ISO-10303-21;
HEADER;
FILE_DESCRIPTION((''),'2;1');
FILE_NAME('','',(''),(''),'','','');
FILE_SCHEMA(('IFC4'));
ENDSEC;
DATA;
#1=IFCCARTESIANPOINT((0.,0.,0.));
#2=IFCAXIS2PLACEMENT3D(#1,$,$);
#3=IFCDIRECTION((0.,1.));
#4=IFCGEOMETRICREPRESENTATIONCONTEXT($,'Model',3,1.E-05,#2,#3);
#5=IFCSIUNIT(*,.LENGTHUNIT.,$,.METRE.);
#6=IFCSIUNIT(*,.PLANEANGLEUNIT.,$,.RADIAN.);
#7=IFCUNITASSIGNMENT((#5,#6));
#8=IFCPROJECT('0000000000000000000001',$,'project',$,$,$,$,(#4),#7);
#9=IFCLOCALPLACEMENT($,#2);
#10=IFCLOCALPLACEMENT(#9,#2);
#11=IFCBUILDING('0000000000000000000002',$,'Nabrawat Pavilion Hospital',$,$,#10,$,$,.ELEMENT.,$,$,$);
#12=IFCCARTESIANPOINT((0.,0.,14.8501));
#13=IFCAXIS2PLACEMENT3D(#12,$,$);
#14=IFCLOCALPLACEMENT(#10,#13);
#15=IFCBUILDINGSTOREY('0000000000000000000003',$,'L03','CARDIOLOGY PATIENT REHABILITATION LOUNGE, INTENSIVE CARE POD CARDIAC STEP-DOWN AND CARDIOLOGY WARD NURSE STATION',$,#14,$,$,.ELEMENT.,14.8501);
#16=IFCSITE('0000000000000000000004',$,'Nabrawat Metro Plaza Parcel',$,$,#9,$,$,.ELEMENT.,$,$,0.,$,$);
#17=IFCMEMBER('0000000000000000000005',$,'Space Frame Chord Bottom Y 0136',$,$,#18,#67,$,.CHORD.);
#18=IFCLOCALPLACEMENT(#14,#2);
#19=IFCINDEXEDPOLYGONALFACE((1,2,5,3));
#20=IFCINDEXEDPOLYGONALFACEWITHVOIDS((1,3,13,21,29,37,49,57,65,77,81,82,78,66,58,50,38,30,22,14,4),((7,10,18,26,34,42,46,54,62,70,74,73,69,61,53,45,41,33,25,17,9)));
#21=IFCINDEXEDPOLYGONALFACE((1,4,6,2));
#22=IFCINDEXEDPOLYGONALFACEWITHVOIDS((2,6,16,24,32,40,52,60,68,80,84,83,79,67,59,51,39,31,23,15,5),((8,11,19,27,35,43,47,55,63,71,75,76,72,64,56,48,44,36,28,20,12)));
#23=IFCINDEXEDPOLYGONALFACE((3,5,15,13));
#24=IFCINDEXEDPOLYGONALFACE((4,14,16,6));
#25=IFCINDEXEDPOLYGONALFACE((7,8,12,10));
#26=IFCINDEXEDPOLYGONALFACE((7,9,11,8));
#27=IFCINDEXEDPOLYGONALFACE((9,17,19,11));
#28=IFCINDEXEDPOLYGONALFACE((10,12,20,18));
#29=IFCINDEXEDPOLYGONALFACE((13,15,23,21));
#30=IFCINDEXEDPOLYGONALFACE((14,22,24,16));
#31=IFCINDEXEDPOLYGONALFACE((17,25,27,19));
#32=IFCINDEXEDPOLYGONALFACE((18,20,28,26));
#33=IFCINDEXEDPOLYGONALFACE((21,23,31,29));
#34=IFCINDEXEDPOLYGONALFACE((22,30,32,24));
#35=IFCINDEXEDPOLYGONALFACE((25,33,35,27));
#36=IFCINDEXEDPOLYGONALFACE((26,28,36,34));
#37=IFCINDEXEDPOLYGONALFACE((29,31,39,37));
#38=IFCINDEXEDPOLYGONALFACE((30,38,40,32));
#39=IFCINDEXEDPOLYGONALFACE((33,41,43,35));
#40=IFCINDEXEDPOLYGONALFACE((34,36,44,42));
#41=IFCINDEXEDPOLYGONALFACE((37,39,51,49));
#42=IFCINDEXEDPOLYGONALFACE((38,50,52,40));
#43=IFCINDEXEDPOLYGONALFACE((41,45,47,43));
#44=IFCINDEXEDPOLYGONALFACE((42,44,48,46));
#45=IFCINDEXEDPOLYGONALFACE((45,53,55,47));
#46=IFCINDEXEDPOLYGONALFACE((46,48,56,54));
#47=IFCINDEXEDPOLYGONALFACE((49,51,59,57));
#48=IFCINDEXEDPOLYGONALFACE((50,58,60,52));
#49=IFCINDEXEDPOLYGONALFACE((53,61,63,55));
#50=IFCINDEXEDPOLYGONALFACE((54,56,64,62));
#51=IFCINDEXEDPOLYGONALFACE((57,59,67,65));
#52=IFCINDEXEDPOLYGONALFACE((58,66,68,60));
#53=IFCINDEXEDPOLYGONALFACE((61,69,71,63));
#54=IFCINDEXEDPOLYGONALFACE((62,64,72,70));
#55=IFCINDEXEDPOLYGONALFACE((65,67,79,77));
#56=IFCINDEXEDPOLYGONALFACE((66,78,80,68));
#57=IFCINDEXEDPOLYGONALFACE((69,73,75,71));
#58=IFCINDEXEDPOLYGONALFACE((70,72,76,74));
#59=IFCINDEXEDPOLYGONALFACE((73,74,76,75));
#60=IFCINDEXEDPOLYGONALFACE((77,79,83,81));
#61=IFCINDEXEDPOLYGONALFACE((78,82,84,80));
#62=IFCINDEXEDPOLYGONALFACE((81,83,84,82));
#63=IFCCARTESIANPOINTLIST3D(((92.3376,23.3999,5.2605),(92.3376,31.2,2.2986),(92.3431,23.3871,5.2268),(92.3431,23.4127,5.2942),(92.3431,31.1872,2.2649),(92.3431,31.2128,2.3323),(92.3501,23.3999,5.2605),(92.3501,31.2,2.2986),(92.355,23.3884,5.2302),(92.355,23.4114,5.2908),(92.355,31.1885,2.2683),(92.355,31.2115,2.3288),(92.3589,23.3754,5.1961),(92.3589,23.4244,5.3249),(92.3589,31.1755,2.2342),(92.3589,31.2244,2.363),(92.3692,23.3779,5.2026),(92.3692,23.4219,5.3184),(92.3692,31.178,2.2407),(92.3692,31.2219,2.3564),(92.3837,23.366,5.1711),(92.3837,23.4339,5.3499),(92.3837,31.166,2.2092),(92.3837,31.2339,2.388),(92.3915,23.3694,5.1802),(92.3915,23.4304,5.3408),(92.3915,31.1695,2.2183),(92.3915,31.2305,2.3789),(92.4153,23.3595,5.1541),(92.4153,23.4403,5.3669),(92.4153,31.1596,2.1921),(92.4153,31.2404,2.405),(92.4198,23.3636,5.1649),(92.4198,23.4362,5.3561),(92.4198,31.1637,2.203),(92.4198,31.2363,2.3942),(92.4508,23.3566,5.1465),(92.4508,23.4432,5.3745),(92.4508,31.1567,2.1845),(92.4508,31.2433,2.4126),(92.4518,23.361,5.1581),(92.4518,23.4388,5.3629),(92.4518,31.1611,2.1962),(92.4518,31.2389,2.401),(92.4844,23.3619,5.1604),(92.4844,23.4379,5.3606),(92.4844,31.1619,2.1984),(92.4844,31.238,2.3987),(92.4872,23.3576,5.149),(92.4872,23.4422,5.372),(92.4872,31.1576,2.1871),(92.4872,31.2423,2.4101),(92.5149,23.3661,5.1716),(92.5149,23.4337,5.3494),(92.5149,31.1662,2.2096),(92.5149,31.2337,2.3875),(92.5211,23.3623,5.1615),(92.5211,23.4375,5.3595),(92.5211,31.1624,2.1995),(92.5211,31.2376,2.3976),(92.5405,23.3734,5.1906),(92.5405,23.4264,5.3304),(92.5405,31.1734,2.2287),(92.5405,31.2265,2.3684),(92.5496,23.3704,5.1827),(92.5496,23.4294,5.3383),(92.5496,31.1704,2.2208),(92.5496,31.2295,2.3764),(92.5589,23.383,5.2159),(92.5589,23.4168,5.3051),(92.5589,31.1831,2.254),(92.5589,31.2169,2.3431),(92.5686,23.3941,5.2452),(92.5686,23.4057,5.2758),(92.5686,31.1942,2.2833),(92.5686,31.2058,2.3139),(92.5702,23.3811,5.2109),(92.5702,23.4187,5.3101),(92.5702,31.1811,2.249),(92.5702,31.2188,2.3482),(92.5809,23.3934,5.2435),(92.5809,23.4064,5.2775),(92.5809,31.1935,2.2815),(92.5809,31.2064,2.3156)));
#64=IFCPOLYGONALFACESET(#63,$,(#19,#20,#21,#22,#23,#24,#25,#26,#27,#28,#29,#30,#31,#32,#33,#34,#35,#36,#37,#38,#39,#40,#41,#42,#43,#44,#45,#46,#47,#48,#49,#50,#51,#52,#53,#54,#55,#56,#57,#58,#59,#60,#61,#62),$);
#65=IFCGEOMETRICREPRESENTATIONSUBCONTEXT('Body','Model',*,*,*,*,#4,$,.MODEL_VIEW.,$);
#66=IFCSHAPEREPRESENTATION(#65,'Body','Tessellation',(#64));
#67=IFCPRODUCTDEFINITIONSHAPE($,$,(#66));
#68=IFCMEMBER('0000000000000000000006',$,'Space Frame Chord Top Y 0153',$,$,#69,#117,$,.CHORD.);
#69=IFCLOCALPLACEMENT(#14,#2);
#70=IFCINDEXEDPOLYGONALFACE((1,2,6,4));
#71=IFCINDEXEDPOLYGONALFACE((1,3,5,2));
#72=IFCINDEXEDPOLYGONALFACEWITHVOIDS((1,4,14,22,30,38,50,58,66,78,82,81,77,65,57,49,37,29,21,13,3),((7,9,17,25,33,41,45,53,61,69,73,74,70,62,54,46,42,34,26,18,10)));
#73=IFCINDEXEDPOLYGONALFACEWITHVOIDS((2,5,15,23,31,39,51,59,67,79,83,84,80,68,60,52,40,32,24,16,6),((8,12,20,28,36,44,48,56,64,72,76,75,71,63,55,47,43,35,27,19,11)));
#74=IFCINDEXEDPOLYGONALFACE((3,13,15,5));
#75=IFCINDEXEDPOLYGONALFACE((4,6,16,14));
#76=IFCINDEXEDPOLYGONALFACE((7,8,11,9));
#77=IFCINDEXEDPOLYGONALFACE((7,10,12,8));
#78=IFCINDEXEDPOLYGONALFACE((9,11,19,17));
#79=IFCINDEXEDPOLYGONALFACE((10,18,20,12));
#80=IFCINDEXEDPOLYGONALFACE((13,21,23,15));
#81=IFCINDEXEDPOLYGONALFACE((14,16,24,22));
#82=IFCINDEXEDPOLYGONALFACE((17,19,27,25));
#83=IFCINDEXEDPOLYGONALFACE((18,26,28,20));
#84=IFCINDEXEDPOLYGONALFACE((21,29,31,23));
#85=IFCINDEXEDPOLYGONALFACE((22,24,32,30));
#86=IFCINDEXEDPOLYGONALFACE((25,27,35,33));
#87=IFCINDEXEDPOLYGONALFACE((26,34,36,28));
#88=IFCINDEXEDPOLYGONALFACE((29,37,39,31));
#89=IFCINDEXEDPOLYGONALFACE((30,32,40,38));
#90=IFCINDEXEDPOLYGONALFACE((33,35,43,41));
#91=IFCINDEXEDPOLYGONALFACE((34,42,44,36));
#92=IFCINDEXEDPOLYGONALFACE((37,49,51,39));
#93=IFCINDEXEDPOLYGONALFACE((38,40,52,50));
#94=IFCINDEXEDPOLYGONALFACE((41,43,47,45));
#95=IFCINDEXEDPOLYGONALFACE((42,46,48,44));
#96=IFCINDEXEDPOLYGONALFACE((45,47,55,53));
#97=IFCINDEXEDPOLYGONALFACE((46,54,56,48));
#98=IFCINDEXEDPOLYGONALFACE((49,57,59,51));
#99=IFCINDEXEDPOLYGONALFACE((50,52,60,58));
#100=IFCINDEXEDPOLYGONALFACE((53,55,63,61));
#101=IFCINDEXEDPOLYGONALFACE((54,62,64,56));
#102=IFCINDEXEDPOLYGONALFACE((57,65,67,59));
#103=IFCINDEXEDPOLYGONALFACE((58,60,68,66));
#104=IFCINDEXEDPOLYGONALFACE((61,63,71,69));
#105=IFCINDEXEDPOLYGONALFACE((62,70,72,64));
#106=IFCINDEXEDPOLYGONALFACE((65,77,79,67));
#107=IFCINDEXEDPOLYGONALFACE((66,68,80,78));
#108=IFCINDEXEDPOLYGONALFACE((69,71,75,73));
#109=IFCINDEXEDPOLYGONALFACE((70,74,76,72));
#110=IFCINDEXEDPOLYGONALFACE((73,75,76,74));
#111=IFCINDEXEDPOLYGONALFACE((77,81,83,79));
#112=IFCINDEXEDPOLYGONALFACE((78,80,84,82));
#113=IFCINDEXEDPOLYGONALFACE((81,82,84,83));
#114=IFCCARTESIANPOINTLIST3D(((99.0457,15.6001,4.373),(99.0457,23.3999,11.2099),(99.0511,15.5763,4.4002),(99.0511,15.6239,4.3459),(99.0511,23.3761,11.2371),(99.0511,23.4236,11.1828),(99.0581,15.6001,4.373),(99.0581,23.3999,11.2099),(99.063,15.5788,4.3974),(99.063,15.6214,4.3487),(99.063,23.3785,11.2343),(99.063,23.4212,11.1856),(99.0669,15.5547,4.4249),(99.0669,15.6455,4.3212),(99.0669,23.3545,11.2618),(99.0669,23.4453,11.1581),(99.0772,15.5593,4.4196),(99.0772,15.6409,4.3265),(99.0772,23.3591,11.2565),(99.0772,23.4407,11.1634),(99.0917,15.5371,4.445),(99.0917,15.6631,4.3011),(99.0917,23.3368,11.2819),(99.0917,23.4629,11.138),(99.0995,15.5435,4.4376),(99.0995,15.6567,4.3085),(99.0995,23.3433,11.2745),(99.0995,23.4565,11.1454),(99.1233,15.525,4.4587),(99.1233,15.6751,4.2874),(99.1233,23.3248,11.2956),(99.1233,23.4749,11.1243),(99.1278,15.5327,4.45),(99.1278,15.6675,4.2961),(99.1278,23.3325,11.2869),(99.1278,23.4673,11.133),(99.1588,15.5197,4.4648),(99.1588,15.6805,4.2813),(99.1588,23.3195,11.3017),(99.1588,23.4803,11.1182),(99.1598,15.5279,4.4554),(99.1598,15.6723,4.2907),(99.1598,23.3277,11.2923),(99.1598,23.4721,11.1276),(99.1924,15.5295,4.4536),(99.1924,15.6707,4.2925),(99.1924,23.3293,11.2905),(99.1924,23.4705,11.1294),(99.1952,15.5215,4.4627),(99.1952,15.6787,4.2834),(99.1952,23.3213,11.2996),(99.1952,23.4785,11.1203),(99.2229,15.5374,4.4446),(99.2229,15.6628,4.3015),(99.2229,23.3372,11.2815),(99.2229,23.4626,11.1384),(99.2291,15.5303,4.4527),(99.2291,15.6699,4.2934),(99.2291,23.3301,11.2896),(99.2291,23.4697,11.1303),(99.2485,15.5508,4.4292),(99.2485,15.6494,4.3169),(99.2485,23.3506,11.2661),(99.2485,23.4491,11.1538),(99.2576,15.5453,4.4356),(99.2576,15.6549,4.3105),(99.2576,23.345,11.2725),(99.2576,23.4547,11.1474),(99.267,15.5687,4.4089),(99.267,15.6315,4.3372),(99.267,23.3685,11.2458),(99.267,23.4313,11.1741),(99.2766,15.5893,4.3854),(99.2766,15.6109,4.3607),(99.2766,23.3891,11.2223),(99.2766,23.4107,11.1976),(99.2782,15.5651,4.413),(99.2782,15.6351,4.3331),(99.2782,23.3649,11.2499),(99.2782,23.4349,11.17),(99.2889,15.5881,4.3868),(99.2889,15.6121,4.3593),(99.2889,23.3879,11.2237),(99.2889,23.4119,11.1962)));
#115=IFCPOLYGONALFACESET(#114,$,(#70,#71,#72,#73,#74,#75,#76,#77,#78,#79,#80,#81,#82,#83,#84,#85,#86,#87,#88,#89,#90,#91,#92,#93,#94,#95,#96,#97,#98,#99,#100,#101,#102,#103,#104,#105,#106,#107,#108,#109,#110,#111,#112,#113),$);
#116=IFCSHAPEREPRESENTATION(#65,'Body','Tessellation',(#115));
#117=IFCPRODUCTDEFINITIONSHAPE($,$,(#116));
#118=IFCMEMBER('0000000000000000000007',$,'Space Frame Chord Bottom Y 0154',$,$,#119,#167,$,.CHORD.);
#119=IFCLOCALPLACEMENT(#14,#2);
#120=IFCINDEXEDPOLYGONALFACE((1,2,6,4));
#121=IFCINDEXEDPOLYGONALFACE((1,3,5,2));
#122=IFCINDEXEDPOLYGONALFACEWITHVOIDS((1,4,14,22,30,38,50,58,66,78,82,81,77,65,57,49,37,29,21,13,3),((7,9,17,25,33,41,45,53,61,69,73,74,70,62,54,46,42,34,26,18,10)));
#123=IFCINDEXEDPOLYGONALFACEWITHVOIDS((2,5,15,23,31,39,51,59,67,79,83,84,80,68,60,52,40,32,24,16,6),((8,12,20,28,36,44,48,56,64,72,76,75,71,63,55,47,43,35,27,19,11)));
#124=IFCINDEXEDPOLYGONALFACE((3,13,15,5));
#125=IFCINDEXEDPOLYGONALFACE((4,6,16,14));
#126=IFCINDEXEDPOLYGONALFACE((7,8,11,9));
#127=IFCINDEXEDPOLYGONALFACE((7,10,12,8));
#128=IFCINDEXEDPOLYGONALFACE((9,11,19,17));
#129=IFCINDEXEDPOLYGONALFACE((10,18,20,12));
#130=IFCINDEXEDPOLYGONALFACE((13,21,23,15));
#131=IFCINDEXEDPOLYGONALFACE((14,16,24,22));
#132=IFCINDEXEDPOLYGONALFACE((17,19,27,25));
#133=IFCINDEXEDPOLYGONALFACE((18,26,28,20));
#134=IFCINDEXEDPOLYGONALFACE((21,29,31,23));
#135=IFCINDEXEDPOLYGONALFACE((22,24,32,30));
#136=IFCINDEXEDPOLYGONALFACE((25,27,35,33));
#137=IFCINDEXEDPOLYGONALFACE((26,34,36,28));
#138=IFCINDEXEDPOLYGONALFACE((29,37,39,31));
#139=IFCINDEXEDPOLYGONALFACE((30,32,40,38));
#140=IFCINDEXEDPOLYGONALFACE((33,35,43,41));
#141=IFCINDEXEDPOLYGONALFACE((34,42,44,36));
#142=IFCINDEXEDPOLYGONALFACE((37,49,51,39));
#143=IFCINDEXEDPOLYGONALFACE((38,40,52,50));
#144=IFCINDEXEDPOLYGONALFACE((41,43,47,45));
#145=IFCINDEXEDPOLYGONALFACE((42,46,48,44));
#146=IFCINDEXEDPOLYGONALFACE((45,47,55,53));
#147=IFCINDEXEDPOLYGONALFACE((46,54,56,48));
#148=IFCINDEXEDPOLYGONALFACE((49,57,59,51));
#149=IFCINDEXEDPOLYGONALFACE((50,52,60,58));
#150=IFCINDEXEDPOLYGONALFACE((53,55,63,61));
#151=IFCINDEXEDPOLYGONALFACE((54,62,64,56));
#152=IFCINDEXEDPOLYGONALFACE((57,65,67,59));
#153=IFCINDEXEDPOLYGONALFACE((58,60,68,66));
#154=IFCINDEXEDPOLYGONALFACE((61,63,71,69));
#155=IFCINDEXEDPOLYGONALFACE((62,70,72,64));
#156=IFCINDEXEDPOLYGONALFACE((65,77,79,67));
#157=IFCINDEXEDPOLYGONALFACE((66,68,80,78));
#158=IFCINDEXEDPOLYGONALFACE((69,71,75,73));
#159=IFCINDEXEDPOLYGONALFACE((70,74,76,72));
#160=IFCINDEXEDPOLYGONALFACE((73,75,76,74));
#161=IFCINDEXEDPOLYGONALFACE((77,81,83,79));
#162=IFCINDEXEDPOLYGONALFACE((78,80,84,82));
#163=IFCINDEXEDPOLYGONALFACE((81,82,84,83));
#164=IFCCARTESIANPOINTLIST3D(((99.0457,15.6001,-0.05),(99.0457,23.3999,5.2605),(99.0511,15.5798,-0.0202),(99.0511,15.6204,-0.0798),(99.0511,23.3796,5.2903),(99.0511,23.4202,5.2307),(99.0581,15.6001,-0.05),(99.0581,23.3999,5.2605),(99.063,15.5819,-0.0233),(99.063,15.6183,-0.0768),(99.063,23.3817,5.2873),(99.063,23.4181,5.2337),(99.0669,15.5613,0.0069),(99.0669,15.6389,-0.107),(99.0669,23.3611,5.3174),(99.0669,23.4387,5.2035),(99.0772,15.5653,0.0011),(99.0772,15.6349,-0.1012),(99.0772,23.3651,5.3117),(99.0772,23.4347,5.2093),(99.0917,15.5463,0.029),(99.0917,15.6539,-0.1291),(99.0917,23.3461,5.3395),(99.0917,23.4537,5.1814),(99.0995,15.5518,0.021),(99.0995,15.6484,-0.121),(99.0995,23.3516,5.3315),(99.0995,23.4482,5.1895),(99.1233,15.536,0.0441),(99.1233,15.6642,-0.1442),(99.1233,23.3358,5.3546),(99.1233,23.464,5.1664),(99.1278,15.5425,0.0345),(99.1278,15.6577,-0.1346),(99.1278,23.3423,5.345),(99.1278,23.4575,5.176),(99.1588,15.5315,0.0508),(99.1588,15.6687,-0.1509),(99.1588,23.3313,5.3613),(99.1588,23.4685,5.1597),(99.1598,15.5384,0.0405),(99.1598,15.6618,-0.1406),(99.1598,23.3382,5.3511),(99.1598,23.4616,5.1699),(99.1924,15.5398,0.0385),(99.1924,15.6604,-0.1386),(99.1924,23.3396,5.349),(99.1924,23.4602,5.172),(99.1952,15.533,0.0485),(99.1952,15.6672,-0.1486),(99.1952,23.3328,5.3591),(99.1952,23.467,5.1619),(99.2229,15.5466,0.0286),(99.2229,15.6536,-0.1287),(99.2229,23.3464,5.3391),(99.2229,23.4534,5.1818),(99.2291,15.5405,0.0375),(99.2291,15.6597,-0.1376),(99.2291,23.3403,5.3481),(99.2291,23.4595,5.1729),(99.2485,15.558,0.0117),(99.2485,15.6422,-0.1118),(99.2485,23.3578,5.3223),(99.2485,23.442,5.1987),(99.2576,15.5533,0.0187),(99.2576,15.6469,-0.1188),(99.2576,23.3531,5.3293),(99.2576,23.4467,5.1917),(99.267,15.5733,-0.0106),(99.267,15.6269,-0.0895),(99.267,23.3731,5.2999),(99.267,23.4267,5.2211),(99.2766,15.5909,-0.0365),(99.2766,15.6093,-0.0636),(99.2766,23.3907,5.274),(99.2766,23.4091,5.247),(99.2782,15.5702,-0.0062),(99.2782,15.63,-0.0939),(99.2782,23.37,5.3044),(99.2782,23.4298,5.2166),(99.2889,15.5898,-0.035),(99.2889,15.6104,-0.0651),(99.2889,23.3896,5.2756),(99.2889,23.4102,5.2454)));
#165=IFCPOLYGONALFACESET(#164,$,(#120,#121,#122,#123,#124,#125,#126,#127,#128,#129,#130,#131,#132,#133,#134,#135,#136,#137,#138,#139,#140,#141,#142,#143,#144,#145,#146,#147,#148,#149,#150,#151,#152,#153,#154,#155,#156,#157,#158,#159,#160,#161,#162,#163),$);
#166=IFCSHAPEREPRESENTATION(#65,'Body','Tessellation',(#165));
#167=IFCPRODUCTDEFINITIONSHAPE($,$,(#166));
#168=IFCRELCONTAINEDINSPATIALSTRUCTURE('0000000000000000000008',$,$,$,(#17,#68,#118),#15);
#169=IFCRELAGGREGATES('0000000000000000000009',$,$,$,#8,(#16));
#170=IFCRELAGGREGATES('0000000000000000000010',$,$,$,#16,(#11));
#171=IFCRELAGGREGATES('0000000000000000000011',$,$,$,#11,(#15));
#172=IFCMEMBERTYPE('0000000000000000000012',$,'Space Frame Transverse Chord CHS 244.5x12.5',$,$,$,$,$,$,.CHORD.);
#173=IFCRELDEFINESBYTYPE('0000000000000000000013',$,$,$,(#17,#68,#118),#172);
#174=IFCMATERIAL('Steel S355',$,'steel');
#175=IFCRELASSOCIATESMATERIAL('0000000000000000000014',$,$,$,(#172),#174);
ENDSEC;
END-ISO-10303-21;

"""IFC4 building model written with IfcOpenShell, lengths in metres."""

from ifc_helpers import new_model, si_unit, direction, frame, origin, origin_2d, place, context, subcontext, project, spatial, hollow_circle, extrude, material, material_profile, profile_set, type_object, element, save


model = new_model("IFC4")

# Units and contexts
model_context = context("Model", 3, precision=1e-05, world=origin(), true_north=direction((0.0, 1.0)))
body_context = subcontext(model_context, "Body", "Model", "MODEL_VIEW")
ifc_project = project(units=[si_unit("LENGTHUNIT", "METRE"), si_unit("PLANEANGLEUNIT", "RADIAN")], contexts=[model_context])

# Site, building, storey
site_placement = place(None, origin())
site = spatial("IfcSite", under=ifc_project, at=site_placement, Name="Nabrawat Metro Plaza Parcel", CompositionType="ELEMENT", RefElevation=0.0)
building_placement = place(site_placement, origin())
building = spatial("IfcBuilding", under=site, at=building_placement, Name="Nabrawat Pavilion Hospital", CompositionType="ELEMENT")
storey_placement = place(building_placement, frame((0.0, 0.0, 14.8501)))
storey = spatial("IfcBuildingStorey", under=building, at=storey_placement, Name="L03", Description="CARDIOLOGY PATIENT REHABILITATION LOUNGE, INTENSIVE CARE POD CARDIAC STEP-DOWN AND CARDIOLOGY WARD NURSE STATION", CompositionType="ELEMENT", Elevation=14.8501)

# Shared definitions
ifc_material = material(Name="Steel S355", Category="steel")

# Members
ifc_material_profile_1 = material_profile(ifc_material, hollow_circle(Radius=0.1223, WallThickness=0.0125, at=origin_2d()), Name="CHS 244.5x12.5")
ifc_profile_set_1 = profile_set([ifc_material_profile_1], Name="Steel S355")
member_type_1 = type_object("IfcMemberType", Name="Space Frame Transverse Chord CHS 244.5x12.5", PredefinedType="CHORD", material=ifc_profile_set_1)
member_1_placement = place(storey_placement, frame((92.46, 23.3999, 5.2605), z_axis=(0.0, 0.934867, -0.354997), x_axis=(-1.0, 0.0, 0.0)))
element("IfcMember", 1, at=member_1_placement, inside=storey, type_object=member_type_1, Name="Space Frame Chord Bottom Y 0136", PredefinedType="CHORD", context=body_context, shape_type="SweptSolid", body=[
    extrude(hollow_circle(Radius=0.1223, WallThickness=0.0125, at=origin_2d()), origin(), (0.0, 0.0, 1.0), 8.3435),
])
member_2_placement = place(storey_placement, frame((99.168, 15.6001, 4.373), z_axis=(0.0, 0.751999, 0.659164), x_axis=(-1.0, 0.0, 0.0)))
element("IfcMember", 2, at=member_2_placement, inside=storey, type_object=member_type_1, Name="Space Frame Chord Top Y 0153", PredefinedType="CHORD", context=body_context, shape_type="SweptSolid", body=[
    extrude(hollow_circle(Radius=0.1223, WallThickness=0.0125, at=origin_2d()), origin(), (0.0, 0.0, 1.0), 10.3721),
])
member_3_placement = place(storey_placement, frame((99.168, 15.6001, -0.05), z_axis=(0.0, 0.826597, 0.562794), x_axis=(-1.0, 0.0, 0.0)))
element("IfcMember", 3, at=member_3_placement, inside=storey, type_object=member_type_1, Name="Space Frame Chord Bottom Y 0154", PredefinedType="CHORD", context=body_context, shape_type="SweptSolid", body=[
    extrude(hollow_circle(Radius=0.1223, WallThickness=0.0125, at=origin_2d()), origin(), (0.0, 0.0, 1.0), 9.436),
])

save(model, "model.ifc")
